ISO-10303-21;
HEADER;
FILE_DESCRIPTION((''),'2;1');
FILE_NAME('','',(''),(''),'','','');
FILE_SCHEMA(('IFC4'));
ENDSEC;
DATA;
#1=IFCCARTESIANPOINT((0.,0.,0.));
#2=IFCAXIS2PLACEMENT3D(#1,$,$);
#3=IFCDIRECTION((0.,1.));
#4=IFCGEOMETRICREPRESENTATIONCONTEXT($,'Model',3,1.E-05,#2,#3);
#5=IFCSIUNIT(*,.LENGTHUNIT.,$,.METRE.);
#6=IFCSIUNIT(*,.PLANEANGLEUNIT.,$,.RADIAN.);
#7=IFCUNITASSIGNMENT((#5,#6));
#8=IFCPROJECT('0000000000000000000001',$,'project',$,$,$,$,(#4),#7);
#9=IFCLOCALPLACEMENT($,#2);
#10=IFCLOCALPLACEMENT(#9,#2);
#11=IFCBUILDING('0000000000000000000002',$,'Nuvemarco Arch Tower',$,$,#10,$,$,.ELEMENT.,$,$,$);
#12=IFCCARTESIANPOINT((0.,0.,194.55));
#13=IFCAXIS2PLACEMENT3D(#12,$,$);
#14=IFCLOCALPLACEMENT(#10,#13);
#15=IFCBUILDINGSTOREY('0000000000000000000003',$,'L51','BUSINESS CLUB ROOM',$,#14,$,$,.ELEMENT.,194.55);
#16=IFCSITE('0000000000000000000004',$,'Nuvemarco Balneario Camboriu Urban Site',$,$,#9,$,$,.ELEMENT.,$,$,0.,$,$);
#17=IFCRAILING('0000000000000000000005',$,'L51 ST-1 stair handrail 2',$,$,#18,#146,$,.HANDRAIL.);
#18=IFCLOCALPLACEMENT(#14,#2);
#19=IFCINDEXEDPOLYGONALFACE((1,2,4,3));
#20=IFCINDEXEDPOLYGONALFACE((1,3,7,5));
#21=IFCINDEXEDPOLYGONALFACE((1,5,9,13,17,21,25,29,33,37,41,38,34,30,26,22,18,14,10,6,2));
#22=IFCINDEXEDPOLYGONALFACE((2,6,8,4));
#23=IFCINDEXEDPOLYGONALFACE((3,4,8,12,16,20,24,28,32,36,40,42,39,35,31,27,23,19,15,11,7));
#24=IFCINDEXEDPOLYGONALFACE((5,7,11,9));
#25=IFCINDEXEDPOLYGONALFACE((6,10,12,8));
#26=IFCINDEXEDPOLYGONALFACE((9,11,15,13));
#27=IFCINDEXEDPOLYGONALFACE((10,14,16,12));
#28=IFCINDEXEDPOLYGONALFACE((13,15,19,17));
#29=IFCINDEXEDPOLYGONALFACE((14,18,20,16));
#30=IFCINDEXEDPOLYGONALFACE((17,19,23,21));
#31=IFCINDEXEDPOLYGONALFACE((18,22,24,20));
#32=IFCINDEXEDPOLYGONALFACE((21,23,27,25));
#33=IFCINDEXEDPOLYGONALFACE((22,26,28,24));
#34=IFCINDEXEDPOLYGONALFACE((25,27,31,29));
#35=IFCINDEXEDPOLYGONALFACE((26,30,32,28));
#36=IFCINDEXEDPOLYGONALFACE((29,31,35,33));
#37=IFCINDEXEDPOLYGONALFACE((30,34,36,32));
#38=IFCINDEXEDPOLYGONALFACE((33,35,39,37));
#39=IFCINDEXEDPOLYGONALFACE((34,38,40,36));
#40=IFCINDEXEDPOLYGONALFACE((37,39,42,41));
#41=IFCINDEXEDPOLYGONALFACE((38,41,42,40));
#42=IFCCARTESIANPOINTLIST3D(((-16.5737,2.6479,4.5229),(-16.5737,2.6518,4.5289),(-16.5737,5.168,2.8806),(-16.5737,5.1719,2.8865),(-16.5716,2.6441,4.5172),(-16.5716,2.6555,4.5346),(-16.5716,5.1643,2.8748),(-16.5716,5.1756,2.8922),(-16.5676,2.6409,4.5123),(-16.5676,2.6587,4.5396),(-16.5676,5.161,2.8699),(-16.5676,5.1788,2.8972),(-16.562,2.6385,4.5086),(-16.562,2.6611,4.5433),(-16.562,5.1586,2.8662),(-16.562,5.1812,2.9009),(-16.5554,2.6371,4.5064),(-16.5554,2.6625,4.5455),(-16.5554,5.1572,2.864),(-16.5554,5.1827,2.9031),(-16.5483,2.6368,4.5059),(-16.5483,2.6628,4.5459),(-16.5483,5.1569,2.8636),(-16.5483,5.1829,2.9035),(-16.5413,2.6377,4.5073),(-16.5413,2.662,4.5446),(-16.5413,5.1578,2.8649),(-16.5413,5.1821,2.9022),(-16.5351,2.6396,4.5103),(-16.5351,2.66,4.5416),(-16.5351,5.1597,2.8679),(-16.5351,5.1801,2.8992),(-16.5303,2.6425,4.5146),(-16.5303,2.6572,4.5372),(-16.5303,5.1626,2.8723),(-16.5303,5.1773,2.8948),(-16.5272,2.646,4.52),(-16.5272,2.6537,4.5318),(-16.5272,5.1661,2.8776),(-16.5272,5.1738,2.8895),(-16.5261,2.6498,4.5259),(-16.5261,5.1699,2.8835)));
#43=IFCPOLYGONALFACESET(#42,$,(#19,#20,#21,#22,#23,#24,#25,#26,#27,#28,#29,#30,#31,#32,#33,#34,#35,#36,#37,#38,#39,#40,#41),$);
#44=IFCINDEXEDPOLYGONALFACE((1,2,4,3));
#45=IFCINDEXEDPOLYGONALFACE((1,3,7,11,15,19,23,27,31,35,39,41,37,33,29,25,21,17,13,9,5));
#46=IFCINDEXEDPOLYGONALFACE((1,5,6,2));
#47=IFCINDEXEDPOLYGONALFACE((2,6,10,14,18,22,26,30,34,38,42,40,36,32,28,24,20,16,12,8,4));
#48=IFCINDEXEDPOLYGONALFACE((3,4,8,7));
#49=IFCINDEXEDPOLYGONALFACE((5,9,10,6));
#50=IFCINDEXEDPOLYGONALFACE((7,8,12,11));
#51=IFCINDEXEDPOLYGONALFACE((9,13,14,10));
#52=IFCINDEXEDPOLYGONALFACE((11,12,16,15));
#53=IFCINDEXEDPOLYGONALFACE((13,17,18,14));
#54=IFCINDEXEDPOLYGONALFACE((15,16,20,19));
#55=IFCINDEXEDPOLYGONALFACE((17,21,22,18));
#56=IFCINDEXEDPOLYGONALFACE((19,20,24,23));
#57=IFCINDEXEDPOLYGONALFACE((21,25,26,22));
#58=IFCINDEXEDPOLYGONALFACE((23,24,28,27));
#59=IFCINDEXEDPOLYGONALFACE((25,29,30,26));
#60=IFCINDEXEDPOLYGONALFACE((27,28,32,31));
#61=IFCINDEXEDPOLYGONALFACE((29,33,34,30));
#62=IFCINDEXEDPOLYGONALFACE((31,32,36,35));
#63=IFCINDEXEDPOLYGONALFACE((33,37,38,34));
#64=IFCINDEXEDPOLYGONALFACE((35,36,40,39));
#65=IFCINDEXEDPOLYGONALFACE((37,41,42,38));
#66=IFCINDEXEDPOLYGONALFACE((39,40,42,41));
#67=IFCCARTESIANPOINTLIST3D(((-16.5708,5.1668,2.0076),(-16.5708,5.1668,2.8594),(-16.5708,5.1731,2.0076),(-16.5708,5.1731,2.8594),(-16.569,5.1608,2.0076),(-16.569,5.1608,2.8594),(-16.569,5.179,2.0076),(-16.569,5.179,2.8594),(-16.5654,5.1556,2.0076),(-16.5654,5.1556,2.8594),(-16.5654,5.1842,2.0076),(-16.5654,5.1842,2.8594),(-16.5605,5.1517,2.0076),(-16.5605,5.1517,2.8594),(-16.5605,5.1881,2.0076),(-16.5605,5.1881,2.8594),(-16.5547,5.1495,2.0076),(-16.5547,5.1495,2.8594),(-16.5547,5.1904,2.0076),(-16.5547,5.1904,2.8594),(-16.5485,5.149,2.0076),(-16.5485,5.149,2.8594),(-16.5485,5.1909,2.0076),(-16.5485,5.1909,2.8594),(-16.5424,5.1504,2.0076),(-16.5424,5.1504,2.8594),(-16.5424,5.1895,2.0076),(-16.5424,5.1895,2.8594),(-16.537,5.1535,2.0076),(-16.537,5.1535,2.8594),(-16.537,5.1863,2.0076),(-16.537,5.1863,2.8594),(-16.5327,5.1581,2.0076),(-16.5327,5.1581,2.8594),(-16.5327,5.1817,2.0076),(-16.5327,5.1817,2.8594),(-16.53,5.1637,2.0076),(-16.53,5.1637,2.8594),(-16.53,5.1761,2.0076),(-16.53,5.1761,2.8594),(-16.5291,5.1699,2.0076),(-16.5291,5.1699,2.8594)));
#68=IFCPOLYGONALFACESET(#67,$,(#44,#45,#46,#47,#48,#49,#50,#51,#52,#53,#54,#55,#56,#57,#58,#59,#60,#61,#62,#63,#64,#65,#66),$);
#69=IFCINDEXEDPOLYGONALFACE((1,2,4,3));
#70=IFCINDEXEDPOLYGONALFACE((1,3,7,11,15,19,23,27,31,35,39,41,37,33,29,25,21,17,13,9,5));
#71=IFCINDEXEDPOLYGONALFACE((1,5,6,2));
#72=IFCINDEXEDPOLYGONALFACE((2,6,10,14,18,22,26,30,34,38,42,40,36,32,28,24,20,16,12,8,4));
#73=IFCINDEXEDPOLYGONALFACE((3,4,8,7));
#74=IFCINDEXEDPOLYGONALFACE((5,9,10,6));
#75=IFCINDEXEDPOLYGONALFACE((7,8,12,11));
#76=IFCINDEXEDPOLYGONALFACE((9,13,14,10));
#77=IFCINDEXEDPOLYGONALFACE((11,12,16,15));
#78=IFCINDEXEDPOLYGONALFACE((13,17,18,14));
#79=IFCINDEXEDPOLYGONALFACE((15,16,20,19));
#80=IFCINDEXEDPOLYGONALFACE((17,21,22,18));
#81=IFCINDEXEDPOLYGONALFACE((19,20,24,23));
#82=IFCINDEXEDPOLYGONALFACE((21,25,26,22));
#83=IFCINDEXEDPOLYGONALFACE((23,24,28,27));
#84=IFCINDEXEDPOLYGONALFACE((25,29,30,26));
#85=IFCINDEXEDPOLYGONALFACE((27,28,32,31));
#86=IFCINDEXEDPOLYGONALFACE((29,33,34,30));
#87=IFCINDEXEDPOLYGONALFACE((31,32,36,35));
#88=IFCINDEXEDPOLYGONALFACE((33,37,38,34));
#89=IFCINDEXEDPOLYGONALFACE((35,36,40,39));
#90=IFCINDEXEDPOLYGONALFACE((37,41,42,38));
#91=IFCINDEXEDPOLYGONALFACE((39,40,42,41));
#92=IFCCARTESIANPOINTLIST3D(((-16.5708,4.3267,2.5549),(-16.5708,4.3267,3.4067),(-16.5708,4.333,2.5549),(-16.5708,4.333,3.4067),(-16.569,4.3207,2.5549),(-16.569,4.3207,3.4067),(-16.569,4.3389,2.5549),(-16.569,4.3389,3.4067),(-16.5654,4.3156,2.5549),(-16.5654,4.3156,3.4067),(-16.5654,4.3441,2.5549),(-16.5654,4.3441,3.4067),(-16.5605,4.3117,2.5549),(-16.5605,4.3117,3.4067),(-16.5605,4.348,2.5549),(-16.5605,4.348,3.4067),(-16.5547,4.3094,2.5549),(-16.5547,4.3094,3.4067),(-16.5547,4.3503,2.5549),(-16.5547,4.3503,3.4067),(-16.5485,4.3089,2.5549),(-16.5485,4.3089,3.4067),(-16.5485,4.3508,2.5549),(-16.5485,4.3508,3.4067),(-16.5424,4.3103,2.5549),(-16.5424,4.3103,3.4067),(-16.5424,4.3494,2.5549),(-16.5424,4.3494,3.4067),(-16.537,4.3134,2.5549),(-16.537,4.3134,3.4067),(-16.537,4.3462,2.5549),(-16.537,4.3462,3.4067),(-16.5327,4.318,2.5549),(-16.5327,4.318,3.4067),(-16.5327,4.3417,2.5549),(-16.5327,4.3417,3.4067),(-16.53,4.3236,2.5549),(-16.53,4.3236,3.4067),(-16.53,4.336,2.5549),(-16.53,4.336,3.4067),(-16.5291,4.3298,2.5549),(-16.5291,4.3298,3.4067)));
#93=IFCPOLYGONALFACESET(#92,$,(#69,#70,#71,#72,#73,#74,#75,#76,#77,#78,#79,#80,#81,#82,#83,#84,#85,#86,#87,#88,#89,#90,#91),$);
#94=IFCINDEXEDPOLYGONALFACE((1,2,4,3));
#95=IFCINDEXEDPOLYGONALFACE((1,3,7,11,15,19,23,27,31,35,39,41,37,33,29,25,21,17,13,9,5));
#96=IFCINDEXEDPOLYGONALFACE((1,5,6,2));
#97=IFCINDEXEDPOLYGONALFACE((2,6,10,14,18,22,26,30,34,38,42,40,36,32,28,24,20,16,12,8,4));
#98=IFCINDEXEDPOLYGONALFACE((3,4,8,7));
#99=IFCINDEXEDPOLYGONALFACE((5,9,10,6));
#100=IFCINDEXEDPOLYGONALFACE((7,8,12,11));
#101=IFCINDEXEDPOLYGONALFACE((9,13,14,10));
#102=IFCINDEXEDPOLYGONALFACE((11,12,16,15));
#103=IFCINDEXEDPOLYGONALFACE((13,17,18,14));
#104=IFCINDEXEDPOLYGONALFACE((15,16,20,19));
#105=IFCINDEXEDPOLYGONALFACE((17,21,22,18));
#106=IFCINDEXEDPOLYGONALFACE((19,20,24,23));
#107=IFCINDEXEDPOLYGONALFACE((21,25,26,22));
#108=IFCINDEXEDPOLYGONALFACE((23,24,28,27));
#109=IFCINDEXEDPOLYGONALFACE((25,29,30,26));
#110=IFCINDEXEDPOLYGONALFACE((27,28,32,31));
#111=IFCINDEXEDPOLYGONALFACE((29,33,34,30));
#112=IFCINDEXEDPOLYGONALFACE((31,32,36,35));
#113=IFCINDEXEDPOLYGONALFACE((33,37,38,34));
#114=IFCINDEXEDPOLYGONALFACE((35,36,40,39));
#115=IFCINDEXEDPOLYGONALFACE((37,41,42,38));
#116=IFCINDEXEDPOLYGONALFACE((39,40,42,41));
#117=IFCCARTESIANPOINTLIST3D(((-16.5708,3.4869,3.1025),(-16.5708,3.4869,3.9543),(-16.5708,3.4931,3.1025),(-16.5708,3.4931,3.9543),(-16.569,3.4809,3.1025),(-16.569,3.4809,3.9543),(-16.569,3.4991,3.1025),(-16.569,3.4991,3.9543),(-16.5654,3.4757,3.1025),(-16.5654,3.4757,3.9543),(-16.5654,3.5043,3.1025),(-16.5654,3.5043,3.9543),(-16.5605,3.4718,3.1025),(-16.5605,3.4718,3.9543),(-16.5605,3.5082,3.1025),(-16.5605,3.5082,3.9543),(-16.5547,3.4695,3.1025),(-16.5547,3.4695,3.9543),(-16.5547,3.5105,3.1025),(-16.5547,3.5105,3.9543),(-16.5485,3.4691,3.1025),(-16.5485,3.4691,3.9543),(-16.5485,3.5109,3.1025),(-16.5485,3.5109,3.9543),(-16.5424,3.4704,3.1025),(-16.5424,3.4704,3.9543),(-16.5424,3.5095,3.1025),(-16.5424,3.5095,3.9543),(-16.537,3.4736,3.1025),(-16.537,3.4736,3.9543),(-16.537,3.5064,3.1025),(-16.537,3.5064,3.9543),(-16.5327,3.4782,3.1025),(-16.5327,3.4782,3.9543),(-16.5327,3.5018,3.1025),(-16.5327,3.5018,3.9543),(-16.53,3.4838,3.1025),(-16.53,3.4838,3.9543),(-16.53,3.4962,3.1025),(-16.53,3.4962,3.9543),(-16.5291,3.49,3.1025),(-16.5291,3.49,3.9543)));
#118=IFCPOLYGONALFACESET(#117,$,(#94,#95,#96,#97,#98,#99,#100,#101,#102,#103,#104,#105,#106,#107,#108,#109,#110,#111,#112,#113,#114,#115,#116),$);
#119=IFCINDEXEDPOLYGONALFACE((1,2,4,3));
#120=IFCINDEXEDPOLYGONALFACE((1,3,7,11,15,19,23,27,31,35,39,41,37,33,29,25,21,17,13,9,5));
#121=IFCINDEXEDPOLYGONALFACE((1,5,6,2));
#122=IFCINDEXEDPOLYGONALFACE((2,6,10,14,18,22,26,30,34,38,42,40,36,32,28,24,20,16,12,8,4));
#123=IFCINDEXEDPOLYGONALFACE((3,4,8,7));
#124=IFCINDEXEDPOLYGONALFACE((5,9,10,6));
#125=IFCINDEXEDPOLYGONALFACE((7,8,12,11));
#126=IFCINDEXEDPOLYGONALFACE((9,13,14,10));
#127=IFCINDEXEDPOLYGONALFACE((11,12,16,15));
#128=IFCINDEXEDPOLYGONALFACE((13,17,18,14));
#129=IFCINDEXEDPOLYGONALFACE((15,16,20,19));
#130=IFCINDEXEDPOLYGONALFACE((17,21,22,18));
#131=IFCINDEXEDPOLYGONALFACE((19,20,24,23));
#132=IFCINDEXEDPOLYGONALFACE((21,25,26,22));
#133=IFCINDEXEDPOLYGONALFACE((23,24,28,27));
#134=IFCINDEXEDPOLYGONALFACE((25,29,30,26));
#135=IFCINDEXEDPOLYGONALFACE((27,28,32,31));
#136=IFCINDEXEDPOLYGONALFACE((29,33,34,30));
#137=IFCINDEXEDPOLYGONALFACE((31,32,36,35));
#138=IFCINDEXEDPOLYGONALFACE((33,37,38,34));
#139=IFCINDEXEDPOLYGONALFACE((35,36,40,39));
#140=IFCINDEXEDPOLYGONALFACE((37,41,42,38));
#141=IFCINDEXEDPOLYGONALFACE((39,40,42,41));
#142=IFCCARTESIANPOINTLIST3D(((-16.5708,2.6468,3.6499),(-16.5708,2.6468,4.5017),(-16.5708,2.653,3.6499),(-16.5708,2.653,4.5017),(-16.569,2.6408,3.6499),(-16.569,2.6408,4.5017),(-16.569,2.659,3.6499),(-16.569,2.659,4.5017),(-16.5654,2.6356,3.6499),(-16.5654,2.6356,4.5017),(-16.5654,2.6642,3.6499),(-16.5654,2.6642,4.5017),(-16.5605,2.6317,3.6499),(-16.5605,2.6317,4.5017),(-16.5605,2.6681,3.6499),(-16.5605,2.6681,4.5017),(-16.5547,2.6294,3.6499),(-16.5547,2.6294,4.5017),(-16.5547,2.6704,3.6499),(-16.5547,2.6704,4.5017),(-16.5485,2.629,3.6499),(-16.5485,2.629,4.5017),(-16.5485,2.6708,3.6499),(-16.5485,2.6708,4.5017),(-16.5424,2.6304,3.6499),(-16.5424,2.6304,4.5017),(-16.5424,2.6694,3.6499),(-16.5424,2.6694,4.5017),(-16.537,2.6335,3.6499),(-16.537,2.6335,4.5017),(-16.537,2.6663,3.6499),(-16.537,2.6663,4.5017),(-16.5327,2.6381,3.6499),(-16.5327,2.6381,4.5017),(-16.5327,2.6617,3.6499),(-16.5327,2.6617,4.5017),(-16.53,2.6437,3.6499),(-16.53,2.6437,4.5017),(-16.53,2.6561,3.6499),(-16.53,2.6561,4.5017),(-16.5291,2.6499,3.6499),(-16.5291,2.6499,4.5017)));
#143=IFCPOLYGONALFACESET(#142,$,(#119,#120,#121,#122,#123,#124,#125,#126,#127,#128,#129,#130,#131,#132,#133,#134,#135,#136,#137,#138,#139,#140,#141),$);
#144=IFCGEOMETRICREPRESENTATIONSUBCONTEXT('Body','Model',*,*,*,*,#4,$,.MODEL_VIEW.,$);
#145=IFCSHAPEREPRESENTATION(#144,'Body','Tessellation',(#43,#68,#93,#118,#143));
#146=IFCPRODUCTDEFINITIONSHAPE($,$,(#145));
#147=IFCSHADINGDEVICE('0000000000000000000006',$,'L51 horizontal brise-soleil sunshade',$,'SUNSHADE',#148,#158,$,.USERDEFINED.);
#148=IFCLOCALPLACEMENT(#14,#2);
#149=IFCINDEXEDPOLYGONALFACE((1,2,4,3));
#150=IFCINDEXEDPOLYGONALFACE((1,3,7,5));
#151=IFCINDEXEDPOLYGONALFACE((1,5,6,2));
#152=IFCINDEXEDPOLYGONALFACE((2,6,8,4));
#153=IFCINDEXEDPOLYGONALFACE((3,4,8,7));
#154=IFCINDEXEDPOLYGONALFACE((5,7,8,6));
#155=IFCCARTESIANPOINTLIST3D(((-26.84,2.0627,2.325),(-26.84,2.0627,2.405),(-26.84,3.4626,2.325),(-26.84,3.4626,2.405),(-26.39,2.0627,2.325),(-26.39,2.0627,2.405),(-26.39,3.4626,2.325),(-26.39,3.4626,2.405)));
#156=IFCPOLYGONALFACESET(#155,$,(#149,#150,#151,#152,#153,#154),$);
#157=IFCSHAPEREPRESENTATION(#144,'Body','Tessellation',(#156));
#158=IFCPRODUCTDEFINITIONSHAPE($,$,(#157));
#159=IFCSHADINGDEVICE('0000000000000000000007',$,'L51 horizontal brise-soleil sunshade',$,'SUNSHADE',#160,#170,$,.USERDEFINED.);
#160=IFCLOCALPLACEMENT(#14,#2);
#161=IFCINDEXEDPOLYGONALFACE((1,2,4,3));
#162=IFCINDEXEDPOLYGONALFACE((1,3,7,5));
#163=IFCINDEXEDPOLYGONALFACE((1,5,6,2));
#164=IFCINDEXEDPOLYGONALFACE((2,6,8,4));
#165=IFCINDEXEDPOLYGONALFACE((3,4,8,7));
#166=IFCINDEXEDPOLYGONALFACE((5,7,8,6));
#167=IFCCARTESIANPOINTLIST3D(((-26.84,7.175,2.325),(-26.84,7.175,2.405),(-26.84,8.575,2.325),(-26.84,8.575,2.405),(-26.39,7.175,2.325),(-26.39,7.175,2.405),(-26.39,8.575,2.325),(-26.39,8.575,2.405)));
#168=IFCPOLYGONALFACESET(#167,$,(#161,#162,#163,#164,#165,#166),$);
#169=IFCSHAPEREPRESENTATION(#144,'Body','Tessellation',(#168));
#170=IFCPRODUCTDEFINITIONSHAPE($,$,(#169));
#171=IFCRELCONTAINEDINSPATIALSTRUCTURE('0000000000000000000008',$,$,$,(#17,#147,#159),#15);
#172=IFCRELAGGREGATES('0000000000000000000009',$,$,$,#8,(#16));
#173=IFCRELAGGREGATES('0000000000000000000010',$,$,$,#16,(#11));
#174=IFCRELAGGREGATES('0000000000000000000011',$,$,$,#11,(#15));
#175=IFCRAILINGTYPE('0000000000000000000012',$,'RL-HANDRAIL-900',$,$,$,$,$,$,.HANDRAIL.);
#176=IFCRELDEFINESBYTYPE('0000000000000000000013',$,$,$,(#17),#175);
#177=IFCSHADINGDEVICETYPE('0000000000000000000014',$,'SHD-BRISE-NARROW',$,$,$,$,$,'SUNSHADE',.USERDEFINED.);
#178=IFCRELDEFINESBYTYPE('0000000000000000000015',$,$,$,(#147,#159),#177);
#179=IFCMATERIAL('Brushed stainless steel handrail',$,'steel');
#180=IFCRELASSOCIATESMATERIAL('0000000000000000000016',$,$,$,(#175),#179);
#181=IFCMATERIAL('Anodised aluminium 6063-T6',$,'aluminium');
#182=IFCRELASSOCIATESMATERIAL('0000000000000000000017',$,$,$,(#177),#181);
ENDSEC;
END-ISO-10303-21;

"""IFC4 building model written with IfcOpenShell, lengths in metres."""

from ifc_helpers import new_model, si_unit, direction, frame, origin, origin_2d, place, context, subcontext, project, spatial, rectangle, circle, extrude, source, transform, mapped, material, type_object, type_shapes, element, save


model = new_model("IFC4")

# Units and contexts
model_context = context("Model", 3, precision=1e-05, world=origin(), true_north=direction((0.0, 1.0)))
body_context = subcontext(model_context, "Body", "Model", "MODEL_VIEW")
ifc_project = project(units=[si_unit("LENGTHUNIT", "METRE"), si_unit("PLANEANGLEUNIT", "RADIAN")], contexts=[model_context])

# Site, building, storey
site_placement = place(None, origin())
site = spatial("IfcSite", under=ifc_project, at=site_placement, Name="Nuvemarco Balneario Camboriu Urban Site", CompositionType="ELEMENT", RefElevation=0.0)
building_placement = place(site_placement, origin())
building = spatial("IfcBuilding", under=site, at=building_placement, Name="Nuvemarco Arch Tower", CompositionType="ELEMENT")
storey_placement = place(building_placement, frame((0.0, 0.0, 194.55)))
storey = spatial("IfcBuildingStorey", under=building, at=storey_placement, Name="L51", Description="BUSINESS CLUB ROOM", CompositionType="ELEMENT", Elevation=194.55)

# Railing
ifc_material_1 = material(Name="Brushed stainless steel handrail", Category="steel")
railing_type_1 = type_object("IfcRailingType", Name="RL-HANDRAIL-900", PredefinedType="HANDRAIL", material=ifc_material_1)
railing_1_placement = place(storey_placement, frame((-16.55, 5.1699, 2.0076)))
element("IfcRailing", 1, at=railing_1_placement, inside=storey, type_object=railing_type_1, Name="L51 ST-1 stair handrail 2", PredefinedType="HANDRAIL", context=body_context, shape_type="SweptSolid", body=[
    extrude(circle(Radius=0.0239, at=origin_2d()), frame((0.0, 0.0, 0.876), z_axis=(0.0, -0.837787, 0.545998), x_axis=(1.0, 0.0, 0.0)), (0.0, 0.0, 1.0), 3.0081),
    extrude(circle(Radius=0.021, at=origin_2d()), origin(), (0.0, 0.0, 1.0), 0.8518),
    extrude(circle(Radius=0.021, at=origin_2d()), frame((0.0, -0.8401, 0.5474)), (0.0, 0.0, 1.0), 0.8518),
    extrude(circle(Radius=0.021, at=origin_2d()), frame((0.0, -1.6799, 1.095)), (0.0, 0.0, 1.0), 0.8518),
    extrude(circle(Radius=0.021, at=origin_2d()), frame((0.0, -2.52, 1.6423)), (0.0, 0.0, 1.0), 0.8518),
])

# Shading devices
ifc_material_2 = material(Name="Anodised aluminium 6063-T6", Category="aluminium")
shading_device_type = type_object("IfcShadingDeviceType", Name="SHD-BRISE-NARROW", ElementType="SUNSHADE", PredefinedType="USERDEFINED", material=ifc_material_2)
shared_shape_1 = source(origin(), body_context, "Body", "SweptSolid", [
    extrude(rectangle(XDim=1.3999, YDim=0.45, at=origin_2d()), origin(), (0.0, 0.0, 1.0), 0.0801),
])
type_shapes(shading_device_type, [shared_shape_1])
for number, where, z_axis, x_axis, name in (
    (2, (-26.615, 2.7627, 2.325), (0.0, 0.0, 1.0), (0.0, 1.0, 0.0), "L51 horizontal brise-soleil sunshade"),
    (3, (-26.615, 7.875, 2.325), (0.0, 0.0, 1.0), (0.0, 1.0, 0.0), "L51 horizontal brise-soleil sunshade"),
):
    element("IfcShadingDevice", number, at=place(storey_placement, frame(where, z_axis=z_axis, x_axis=x_axis)), inside=storey, type_object=shading_device_type, Name=name, ObjectType="SUNSHADE", PredefinedType="USERDEFINED", context=body_context, shape_type="MappedRepresentation", body=[
        mapped(shared_shape_1, transform((0.0, 0.0, 0.0), scale=1.0)),
    ])

save(model, "model.ifc")
